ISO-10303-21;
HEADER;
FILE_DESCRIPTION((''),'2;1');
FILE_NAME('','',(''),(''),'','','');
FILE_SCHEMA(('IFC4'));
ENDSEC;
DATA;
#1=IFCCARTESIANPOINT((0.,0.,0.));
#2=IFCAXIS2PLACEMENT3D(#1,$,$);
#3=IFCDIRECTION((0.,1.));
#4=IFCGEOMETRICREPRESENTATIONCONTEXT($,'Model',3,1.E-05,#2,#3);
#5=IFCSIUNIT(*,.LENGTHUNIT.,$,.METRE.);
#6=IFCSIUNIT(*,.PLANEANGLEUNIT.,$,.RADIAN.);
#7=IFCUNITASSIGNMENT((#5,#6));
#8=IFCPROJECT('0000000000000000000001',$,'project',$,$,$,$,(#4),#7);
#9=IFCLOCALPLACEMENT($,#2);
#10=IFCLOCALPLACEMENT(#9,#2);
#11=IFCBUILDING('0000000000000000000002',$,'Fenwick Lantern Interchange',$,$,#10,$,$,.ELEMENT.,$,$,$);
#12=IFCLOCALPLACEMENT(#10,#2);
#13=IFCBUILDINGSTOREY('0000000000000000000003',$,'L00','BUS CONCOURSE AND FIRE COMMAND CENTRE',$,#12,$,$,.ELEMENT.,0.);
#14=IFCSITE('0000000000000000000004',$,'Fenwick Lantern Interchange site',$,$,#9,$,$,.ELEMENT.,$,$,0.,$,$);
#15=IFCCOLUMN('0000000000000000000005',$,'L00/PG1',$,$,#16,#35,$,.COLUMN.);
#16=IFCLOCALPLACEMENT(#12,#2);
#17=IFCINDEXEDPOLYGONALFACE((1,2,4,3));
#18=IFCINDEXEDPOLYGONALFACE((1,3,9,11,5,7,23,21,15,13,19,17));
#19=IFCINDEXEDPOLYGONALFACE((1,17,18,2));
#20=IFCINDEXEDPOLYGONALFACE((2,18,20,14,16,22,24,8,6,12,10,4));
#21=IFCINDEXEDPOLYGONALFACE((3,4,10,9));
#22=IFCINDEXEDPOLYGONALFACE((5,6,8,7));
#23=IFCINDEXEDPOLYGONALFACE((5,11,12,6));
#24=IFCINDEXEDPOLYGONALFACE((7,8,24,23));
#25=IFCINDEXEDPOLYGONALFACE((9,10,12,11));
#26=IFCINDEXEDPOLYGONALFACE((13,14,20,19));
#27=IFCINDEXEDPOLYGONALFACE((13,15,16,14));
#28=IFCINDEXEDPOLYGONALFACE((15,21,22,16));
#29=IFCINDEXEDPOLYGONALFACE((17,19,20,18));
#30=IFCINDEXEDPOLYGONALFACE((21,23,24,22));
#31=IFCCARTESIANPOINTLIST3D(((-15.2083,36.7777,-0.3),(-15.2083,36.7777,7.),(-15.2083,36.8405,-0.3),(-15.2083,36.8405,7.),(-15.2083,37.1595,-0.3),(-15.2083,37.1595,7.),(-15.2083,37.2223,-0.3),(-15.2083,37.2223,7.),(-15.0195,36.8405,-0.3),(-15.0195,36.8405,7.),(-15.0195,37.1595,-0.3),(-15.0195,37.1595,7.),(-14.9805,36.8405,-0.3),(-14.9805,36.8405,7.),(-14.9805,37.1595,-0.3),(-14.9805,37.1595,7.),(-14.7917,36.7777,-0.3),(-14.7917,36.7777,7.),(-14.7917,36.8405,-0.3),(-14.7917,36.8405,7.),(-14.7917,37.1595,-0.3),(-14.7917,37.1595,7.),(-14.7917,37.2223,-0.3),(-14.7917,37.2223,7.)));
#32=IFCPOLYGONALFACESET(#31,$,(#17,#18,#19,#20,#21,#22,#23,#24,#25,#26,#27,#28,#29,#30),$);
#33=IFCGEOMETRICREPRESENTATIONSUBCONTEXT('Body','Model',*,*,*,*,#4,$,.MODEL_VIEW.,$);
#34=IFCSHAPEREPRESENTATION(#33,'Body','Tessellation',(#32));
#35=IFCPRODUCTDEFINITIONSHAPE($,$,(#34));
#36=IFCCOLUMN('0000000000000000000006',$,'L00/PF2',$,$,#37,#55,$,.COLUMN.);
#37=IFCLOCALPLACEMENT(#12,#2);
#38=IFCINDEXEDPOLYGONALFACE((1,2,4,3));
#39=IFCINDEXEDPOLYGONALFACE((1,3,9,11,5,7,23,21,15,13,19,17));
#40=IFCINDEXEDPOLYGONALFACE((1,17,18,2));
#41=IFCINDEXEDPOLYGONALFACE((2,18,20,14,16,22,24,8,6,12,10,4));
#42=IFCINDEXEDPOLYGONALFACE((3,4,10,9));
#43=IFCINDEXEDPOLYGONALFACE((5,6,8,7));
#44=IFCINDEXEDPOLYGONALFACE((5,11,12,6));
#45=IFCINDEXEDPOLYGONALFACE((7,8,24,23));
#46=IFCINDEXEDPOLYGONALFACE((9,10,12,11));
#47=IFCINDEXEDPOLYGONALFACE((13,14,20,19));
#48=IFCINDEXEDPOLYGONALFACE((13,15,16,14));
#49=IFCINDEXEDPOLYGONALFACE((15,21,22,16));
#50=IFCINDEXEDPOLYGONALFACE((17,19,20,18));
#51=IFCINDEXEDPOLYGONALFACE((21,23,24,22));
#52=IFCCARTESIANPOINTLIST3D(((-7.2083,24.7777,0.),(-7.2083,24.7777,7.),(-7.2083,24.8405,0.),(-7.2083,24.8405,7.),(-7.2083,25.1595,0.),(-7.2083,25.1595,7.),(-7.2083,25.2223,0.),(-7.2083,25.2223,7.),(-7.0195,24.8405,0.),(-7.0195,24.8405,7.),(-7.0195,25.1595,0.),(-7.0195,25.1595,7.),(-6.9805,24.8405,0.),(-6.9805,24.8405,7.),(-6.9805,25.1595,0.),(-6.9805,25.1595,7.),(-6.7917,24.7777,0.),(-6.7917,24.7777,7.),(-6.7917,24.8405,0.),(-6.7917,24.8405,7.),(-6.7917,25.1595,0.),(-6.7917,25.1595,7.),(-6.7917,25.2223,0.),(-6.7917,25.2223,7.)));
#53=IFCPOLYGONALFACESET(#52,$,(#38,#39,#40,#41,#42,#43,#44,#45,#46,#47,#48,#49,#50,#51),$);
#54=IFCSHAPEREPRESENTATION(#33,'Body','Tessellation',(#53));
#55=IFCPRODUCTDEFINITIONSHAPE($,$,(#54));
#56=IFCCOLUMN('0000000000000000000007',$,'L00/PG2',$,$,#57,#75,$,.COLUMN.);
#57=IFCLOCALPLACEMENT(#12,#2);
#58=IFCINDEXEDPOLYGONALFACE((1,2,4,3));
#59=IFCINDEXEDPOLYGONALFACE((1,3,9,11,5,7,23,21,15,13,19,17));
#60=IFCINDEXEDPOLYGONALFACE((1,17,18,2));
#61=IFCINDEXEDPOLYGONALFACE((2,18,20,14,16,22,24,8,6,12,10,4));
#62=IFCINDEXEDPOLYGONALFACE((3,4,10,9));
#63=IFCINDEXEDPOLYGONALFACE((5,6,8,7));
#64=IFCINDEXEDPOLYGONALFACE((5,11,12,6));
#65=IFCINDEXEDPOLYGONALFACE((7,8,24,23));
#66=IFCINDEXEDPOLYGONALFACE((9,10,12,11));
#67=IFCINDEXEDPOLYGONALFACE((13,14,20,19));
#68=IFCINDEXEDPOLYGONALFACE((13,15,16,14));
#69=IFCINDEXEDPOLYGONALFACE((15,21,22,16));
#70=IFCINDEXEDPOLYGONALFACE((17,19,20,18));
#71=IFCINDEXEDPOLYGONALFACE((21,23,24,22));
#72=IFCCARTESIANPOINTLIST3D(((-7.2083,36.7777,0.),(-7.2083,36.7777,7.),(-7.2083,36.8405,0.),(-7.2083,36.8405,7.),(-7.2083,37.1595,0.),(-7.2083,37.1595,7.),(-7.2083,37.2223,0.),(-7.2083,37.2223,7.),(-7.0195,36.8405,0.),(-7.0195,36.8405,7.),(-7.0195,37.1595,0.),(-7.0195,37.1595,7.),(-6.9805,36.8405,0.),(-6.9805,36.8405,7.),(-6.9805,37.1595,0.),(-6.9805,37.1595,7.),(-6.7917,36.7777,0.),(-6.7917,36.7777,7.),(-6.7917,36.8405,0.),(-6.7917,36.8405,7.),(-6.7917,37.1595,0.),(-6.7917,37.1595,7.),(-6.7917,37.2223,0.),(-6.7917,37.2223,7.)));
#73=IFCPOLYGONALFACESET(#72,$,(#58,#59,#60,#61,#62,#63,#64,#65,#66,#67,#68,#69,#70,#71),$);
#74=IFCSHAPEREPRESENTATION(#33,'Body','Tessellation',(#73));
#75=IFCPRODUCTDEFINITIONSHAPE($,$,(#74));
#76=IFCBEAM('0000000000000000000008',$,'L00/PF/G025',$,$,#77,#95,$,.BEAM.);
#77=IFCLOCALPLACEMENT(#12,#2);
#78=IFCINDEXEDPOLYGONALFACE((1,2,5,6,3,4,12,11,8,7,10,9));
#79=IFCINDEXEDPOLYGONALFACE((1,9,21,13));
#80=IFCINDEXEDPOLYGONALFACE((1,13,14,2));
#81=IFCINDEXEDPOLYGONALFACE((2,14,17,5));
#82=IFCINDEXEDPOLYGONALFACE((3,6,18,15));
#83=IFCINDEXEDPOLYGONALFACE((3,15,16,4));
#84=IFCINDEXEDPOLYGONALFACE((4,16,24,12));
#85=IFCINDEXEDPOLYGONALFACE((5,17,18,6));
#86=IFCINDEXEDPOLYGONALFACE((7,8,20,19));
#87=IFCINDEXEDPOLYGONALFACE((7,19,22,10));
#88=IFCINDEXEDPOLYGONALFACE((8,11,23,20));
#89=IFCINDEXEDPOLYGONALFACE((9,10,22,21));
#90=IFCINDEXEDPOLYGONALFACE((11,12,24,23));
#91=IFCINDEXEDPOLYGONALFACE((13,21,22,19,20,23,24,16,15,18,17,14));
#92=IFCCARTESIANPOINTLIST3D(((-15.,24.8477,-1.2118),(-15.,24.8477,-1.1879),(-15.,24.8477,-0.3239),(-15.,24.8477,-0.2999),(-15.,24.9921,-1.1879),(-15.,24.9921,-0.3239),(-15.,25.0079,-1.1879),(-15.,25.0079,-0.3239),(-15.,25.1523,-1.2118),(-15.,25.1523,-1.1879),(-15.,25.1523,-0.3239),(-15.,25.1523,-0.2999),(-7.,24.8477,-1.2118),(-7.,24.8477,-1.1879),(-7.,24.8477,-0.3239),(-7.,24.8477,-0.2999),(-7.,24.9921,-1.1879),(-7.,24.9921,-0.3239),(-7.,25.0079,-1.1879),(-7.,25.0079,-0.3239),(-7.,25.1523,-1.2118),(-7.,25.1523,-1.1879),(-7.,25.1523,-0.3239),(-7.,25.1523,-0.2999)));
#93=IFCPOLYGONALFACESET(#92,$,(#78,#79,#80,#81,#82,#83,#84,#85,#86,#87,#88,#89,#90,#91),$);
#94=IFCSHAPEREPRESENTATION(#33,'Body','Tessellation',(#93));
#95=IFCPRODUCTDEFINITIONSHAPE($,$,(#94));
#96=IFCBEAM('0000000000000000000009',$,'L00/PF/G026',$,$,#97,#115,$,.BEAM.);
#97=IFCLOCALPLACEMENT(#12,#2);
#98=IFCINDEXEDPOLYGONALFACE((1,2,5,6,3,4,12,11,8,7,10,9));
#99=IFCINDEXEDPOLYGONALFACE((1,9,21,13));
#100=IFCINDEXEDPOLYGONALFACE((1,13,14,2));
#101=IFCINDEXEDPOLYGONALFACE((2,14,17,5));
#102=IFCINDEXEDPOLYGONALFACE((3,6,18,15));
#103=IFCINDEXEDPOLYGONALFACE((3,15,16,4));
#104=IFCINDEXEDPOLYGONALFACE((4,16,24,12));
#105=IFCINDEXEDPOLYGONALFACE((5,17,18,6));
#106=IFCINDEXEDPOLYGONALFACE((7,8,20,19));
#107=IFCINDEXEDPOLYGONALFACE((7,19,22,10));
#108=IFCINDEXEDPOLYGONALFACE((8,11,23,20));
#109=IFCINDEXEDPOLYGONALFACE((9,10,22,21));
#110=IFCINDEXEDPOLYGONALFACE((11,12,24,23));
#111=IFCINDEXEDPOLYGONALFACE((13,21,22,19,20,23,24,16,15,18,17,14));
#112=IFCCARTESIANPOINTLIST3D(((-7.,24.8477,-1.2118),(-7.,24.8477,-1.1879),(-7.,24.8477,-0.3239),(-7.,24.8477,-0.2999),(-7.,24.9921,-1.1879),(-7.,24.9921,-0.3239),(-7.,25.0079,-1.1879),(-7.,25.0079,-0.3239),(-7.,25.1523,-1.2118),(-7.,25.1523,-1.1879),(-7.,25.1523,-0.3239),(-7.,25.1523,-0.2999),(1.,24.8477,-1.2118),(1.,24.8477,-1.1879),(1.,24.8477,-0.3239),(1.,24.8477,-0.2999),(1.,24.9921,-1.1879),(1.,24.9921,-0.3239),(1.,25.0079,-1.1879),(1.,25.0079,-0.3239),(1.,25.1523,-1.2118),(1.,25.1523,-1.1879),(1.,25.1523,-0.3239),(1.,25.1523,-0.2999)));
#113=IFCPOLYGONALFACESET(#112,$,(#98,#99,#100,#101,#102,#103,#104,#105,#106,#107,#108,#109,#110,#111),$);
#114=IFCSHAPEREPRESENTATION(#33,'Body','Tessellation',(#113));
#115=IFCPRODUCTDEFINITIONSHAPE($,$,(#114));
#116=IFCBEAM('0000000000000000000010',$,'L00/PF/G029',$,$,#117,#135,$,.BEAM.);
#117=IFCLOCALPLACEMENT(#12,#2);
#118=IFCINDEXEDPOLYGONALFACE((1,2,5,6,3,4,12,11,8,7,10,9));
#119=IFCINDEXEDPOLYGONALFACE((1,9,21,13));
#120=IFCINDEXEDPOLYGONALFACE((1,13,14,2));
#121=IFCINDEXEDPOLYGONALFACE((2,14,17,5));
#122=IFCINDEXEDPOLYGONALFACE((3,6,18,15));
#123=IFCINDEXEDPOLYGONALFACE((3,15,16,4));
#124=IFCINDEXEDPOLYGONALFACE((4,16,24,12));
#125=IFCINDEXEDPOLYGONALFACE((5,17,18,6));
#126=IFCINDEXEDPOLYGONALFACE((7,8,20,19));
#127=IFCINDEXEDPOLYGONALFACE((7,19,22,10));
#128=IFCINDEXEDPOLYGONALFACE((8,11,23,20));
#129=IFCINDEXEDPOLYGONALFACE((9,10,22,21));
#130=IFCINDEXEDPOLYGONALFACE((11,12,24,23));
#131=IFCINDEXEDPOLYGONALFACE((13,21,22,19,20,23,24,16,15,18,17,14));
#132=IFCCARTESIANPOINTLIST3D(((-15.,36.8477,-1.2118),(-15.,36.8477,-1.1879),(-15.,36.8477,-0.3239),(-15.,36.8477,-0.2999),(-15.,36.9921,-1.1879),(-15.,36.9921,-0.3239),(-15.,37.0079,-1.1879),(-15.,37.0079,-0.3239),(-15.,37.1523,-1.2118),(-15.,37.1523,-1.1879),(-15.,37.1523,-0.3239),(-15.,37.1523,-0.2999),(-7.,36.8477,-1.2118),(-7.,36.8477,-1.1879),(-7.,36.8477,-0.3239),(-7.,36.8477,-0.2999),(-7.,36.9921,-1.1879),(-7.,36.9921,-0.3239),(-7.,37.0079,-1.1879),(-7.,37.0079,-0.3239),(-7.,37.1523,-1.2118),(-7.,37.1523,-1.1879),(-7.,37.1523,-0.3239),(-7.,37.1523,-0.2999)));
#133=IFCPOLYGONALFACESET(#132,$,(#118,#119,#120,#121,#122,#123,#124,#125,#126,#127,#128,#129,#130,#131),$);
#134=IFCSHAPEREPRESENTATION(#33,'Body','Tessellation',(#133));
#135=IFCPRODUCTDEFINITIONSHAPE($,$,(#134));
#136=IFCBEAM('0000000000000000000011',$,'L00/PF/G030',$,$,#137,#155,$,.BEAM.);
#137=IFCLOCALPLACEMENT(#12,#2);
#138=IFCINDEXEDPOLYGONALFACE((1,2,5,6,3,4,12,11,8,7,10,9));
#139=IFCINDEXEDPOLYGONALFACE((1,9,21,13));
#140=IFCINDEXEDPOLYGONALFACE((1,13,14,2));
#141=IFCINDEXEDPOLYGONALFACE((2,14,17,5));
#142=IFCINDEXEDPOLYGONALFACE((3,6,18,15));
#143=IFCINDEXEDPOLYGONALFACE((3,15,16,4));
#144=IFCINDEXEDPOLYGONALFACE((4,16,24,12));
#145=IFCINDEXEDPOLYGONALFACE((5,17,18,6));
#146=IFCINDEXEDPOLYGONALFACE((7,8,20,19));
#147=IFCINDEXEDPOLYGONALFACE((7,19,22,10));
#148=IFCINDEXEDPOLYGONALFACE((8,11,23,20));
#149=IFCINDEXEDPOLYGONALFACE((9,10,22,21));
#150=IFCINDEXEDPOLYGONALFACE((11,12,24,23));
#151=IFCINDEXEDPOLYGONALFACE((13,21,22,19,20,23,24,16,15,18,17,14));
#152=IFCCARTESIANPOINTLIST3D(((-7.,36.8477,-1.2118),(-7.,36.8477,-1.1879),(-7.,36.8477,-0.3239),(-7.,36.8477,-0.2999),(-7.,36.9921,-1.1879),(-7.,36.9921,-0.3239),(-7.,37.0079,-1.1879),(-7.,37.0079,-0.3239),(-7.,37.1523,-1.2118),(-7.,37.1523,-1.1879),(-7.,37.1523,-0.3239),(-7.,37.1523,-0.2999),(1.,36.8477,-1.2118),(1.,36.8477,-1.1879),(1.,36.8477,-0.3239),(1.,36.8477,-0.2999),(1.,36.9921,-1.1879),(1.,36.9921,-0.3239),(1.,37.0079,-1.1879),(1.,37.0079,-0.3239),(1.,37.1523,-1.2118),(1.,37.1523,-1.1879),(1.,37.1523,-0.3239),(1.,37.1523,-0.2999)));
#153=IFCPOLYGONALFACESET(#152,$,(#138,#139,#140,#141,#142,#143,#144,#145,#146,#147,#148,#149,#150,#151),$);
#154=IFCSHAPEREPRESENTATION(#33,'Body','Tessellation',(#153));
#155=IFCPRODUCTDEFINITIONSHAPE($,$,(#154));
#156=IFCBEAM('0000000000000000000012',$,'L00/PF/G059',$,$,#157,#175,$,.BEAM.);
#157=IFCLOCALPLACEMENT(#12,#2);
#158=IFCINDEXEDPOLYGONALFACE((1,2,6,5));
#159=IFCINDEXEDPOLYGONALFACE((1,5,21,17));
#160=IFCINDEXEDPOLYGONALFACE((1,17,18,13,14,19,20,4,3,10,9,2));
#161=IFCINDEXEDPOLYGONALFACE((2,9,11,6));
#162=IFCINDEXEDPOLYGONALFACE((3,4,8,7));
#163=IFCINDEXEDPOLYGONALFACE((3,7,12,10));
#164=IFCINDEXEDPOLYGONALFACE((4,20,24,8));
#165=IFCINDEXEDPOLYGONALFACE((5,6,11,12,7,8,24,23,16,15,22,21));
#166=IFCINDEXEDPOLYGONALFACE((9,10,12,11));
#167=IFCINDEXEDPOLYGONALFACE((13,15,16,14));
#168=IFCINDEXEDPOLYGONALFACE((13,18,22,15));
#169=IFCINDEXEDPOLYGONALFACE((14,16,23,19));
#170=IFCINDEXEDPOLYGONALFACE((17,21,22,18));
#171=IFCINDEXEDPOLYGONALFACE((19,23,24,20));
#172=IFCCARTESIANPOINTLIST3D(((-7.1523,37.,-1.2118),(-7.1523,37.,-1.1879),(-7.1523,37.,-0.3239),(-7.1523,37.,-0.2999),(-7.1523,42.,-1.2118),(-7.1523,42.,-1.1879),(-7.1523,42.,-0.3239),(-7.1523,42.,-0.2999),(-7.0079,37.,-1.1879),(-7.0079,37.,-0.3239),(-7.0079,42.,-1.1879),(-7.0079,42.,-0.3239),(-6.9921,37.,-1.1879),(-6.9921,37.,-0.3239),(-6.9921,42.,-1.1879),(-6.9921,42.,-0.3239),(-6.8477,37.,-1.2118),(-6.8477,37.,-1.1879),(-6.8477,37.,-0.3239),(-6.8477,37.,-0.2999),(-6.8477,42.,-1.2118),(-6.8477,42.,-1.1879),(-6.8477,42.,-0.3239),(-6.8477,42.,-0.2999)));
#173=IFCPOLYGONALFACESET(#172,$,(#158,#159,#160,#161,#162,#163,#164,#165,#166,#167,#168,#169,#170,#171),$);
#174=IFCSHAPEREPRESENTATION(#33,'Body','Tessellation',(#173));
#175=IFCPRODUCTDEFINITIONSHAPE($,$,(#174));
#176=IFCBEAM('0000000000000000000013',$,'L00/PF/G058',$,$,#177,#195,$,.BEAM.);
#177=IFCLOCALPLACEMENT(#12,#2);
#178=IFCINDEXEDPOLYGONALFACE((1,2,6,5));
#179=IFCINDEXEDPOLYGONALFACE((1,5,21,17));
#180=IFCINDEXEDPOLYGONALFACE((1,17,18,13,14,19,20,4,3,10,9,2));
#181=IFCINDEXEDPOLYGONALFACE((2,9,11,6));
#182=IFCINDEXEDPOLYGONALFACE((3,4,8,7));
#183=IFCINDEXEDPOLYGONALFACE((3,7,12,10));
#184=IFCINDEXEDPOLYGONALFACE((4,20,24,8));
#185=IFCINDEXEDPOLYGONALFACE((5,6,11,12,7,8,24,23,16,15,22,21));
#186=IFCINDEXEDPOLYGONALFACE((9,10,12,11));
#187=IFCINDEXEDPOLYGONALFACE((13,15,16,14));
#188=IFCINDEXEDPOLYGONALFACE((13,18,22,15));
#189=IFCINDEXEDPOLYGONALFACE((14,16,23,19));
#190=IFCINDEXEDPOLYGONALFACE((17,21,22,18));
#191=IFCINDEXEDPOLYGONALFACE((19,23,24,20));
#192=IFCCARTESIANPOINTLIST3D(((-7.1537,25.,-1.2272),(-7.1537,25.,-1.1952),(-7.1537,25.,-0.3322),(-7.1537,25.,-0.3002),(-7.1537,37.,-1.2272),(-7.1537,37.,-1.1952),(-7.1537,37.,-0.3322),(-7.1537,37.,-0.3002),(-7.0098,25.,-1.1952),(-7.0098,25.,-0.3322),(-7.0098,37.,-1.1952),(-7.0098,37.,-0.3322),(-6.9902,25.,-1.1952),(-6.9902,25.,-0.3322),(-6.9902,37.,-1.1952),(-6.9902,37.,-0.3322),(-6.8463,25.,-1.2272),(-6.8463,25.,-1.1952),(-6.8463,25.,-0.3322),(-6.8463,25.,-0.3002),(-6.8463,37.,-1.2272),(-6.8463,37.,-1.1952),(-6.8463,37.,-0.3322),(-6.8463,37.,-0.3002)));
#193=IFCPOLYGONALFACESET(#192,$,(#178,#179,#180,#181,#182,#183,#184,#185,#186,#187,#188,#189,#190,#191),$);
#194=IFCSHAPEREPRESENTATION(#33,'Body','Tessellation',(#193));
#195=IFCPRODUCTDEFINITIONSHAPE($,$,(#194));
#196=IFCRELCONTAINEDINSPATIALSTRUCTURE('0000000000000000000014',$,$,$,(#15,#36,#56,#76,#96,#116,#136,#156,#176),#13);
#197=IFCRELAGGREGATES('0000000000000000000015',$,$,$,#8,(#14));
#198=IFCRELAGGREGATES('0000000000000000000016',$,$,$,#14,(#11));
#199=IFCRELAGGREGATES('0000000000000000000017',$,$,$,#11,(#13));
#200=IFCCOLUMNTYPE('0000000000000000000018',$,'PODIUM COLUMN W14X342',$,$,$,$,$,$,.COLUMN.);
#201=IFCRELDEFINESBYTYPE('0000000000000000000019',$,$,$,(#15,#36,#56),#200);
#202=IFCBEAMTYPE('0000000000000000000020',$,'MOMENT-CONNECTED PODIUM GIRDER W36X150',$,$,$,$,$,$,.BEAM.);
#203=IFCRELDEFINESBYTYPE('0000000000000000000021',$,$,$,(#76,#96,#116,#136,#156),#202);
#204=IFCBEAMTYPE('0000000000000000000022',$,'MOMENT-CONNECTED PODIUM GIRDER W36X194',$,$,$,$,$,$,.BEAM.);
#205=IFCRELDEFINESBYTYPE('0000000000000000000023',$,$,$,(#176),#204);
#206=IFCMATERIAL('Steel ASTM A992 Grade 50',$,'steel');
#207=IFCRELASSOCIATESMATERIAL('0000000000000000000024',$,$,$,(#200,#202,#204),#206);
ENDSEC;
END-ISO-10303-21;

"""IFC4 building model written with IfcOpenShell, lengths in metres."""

from ifc_helpers import new_model, si_unit, direction, frame, origin, origin_2d, place, context, subcontext, project, spatial, i_section, extrude, material, material_profile, profile_set, type_object, element, save


model = new_model("IFC4")

# Units and contexts
model_context = context("Model", 3, precision=1e-05, world=origin(), true_north=direction((0.0, 1.0)))
body_context = subcontext(model_context, "Body", "Model", "MODEL_VIEW")
ifc_project = project(units=[si_unit("LENGTHUNIT", "METRE"), si_unit("PLANEANGLEUNIT", "RADIAN")], contexts=[model_context])

# Site, building, storey
site_placement = place(None, origin())
site = spatial("IfcSite", under=ifc_project, at=site_placement, Name="Fenwick Lantern Interchange site", CompositionType="ELEMENT", RefElevation=0.0)
building_placement = place(site_placement, origin())
building = spatial("IfcBuilding", under=site, at=building_placement, Name="Fenwick Lantern Interchange", CompositionType="ELEMENT")
storey_placement = place(building_placement, origin())
storey = spatial("IfcBuildingStorey", under=building, at=storey_placement, Name="L00", Description="BUS CONCOURSE AND FIRE COMMAND CENTRE", CompositionType="ELEMENT", Elevation=0.0)

# Columns
ifc_material_1 = material(Name="Steel ASTM A992 Grade 50", Category="steel")
ifc_material_profile_1 = material_profile(ifc_material_1, i_section(OverallWidth=0.4165, OverallDepth=0.4446, WebThickness=0.0391, FlangeThickness=0.0627, at=origin_2d()), Name="W14X342")
ifc_profile_set_1 = profile_set([ifc_material_profile_1], Name="Steel ASTM A992 Grade 50")
column_type = type_object("IfcColumnType", Name="PODIUM COLUMN W14X342", PredefinedType="COLUMN", material=ifc_profile_set_1)
column_placement = place(storey_placement, frame((-15.0, 37.0, -0.3), z_axis=(0.0, 0.0, 1.0), x_axis=(1.0, 0.0, 0.0)))
element("IfcColumn", 1, at=column_placement, inside=storey, type_object=column_type, Name="L00/PG1", PredefinedType="COLUMN", context=body_context, shape_type="SweptSolid", body=[
    extrude(i_section(OverallWidth=0.4165, OverallDepth=0.4446, WebThickness=0.0391, FlangeThickness=0.0627, at=origin_2d()), origin(), (0.0, 0.0, 1.0), 7.3),
])
for number, where, z_axis, x_axis, name in (
    (2, (-7.0, 25.0, 0.0), (0.0, 0.0, 1.0), (1.0, 0.0, 0.0), "L00/PF2"),
    (3, (-7.0, 37.0, 0.0), (0.0, 0.0, 1.0), (1.0, 0.0, 0.0), "L00/PG2"),
):
    element("IfcColumn", number, at=place(storey_placement, frame(where, z_axis=z_axis, x_axis=x_axis)), inside=storey, type_object=column_type, Name=name, PredefinedType="COLUMN", context=body_context, shape_type="SweptSolid", body=[
        extrude(i_section(OverallWidth=0.4165, OverallDepth=0.4446, WebThickness=0.0391, FlangeThickness=0.0627, at=origin_2d()), origin(), (0.0, 0.0, 1.0), 7.0),
    ])

# Beams
ifc_material_profile_2 = material_profile(ifc_material_1, i_section(OverallWidth=0.3047, OverallDepth=0.9119, WebThickness=0.0159, FlangeThickness=0.0239, at=origin_2d()), Name="W36X150")
ifc_profile_set_2 = profile_set([ifc_material_profile_2], Name="Steel ASTM A992 Grade 50")
beam_type_1 = type_object("IfcBeamType", Name="MOMENT-CONNECTED PODIUM GIRDER W36X150", PredefinedType="BEAM", material=ifc_profile_set_2)
for number, where, z_axis, x_axis, name in (
    (4, (-15.0, 25.0, -0.7559), (1.0, 0.0, 0.0), (0.0, 1.0, 0.0), "L00/PF/G025"),
    (5, (-7.0, 25.0, -0.7559), (1.0, 0.0, 0.0), (0.0, 1.0, 0.0), "L00/PF/G026"),
    (6, (-15.0, 37.0, -0.7559), (1.0, 0.0, 0.0), (0.0, 1.0, 0.0), "L00/PF/G029"),
    (7, (-7.0, 37.0, -0.7559), (1.0, 0.0, 0.0), (0.0, 1.0, 0.0), "L00/PF/G030"),
):
    element("IfcBeam", number, at=place(storey_placement, frame(where, z_axis=z_axis, x_axis=x_axis)), inside=storey, type_object=beam_type_1, Name=name, PredefinedType="BEAM", context=body_context, shape_type="SweptSolid", body=[
        extrude(i_section(OverallWidth=0.3047, OverallDepth=0.9119, WebThickness=0.0159, FlangeThickness=0.0239, at=origin_2d()), origin(), (0.0, 0.0, 1.0), 8.0),
    ])
beam_1_placement = place(storey_placement, frame((-7.0, 37.0, -0.7559), z_axis=(0.0, 1.0, 0.0), x_axis=(-1.0, 0.0, 0.0)))
element("IfcBeam", 8, at=beam_1_placement, inside=storey, type_object=beam_type_1, Name="L00/PF/G059", PredefinedType="BEAM", context=body_context, shape_type="SweptSolid", body=[
    extrude(i_section(OverallWidth=0.3047, OverallDepth=0.9119, WebThickness=0.0159, FlangeThickness=0.0239, at=origin_2d()), origin(), (0.0, 0.0, 1.0), 5.0),
])
ifc_material_profile_3 = material_profile(ifc_material_1, i_section(OverallWidth=0.3074, OverallDepth=0.927, WebThickness=0.0195, FlangeThickness=0.032, at=origin_2d()), Name="W36X194")
ifc_profile_set_3 = profile_set([ifc_material_profile_3], Name="Steel ASTM A992 Grade 50")
beam_type_2 = type_object("IfcBeamType", Name="MOMENT-CONNECTED PODIUM GIRDER W36X194", PredefinedType="BEAM", material=ifc_profile_set_3)
beam_2_placement = place(storey_placement, frame((-7.0, 25.0, -0.7637), z_axis=(0.0, 1.0, 0.0), x_axis=(-1.0, 0.0, 0.0)))
element("IfcBeam", 9, at=beam_2_placement, inside=storey, type_object=beam_type_2, Name="L00/PF/G058", PredefinedType="BEAM", context=body_context, shape_type="SweptSolid", body=[
    extrude(i_section(OverallWidth=0.3074, OverallDepth=0.927, WebThickness=0.0195, FlangeThickness=0.032, at=origin_2d()), origin(), (0.0, 0.0, 1.0), 12.0),
])

save(model, "model.ifc")
